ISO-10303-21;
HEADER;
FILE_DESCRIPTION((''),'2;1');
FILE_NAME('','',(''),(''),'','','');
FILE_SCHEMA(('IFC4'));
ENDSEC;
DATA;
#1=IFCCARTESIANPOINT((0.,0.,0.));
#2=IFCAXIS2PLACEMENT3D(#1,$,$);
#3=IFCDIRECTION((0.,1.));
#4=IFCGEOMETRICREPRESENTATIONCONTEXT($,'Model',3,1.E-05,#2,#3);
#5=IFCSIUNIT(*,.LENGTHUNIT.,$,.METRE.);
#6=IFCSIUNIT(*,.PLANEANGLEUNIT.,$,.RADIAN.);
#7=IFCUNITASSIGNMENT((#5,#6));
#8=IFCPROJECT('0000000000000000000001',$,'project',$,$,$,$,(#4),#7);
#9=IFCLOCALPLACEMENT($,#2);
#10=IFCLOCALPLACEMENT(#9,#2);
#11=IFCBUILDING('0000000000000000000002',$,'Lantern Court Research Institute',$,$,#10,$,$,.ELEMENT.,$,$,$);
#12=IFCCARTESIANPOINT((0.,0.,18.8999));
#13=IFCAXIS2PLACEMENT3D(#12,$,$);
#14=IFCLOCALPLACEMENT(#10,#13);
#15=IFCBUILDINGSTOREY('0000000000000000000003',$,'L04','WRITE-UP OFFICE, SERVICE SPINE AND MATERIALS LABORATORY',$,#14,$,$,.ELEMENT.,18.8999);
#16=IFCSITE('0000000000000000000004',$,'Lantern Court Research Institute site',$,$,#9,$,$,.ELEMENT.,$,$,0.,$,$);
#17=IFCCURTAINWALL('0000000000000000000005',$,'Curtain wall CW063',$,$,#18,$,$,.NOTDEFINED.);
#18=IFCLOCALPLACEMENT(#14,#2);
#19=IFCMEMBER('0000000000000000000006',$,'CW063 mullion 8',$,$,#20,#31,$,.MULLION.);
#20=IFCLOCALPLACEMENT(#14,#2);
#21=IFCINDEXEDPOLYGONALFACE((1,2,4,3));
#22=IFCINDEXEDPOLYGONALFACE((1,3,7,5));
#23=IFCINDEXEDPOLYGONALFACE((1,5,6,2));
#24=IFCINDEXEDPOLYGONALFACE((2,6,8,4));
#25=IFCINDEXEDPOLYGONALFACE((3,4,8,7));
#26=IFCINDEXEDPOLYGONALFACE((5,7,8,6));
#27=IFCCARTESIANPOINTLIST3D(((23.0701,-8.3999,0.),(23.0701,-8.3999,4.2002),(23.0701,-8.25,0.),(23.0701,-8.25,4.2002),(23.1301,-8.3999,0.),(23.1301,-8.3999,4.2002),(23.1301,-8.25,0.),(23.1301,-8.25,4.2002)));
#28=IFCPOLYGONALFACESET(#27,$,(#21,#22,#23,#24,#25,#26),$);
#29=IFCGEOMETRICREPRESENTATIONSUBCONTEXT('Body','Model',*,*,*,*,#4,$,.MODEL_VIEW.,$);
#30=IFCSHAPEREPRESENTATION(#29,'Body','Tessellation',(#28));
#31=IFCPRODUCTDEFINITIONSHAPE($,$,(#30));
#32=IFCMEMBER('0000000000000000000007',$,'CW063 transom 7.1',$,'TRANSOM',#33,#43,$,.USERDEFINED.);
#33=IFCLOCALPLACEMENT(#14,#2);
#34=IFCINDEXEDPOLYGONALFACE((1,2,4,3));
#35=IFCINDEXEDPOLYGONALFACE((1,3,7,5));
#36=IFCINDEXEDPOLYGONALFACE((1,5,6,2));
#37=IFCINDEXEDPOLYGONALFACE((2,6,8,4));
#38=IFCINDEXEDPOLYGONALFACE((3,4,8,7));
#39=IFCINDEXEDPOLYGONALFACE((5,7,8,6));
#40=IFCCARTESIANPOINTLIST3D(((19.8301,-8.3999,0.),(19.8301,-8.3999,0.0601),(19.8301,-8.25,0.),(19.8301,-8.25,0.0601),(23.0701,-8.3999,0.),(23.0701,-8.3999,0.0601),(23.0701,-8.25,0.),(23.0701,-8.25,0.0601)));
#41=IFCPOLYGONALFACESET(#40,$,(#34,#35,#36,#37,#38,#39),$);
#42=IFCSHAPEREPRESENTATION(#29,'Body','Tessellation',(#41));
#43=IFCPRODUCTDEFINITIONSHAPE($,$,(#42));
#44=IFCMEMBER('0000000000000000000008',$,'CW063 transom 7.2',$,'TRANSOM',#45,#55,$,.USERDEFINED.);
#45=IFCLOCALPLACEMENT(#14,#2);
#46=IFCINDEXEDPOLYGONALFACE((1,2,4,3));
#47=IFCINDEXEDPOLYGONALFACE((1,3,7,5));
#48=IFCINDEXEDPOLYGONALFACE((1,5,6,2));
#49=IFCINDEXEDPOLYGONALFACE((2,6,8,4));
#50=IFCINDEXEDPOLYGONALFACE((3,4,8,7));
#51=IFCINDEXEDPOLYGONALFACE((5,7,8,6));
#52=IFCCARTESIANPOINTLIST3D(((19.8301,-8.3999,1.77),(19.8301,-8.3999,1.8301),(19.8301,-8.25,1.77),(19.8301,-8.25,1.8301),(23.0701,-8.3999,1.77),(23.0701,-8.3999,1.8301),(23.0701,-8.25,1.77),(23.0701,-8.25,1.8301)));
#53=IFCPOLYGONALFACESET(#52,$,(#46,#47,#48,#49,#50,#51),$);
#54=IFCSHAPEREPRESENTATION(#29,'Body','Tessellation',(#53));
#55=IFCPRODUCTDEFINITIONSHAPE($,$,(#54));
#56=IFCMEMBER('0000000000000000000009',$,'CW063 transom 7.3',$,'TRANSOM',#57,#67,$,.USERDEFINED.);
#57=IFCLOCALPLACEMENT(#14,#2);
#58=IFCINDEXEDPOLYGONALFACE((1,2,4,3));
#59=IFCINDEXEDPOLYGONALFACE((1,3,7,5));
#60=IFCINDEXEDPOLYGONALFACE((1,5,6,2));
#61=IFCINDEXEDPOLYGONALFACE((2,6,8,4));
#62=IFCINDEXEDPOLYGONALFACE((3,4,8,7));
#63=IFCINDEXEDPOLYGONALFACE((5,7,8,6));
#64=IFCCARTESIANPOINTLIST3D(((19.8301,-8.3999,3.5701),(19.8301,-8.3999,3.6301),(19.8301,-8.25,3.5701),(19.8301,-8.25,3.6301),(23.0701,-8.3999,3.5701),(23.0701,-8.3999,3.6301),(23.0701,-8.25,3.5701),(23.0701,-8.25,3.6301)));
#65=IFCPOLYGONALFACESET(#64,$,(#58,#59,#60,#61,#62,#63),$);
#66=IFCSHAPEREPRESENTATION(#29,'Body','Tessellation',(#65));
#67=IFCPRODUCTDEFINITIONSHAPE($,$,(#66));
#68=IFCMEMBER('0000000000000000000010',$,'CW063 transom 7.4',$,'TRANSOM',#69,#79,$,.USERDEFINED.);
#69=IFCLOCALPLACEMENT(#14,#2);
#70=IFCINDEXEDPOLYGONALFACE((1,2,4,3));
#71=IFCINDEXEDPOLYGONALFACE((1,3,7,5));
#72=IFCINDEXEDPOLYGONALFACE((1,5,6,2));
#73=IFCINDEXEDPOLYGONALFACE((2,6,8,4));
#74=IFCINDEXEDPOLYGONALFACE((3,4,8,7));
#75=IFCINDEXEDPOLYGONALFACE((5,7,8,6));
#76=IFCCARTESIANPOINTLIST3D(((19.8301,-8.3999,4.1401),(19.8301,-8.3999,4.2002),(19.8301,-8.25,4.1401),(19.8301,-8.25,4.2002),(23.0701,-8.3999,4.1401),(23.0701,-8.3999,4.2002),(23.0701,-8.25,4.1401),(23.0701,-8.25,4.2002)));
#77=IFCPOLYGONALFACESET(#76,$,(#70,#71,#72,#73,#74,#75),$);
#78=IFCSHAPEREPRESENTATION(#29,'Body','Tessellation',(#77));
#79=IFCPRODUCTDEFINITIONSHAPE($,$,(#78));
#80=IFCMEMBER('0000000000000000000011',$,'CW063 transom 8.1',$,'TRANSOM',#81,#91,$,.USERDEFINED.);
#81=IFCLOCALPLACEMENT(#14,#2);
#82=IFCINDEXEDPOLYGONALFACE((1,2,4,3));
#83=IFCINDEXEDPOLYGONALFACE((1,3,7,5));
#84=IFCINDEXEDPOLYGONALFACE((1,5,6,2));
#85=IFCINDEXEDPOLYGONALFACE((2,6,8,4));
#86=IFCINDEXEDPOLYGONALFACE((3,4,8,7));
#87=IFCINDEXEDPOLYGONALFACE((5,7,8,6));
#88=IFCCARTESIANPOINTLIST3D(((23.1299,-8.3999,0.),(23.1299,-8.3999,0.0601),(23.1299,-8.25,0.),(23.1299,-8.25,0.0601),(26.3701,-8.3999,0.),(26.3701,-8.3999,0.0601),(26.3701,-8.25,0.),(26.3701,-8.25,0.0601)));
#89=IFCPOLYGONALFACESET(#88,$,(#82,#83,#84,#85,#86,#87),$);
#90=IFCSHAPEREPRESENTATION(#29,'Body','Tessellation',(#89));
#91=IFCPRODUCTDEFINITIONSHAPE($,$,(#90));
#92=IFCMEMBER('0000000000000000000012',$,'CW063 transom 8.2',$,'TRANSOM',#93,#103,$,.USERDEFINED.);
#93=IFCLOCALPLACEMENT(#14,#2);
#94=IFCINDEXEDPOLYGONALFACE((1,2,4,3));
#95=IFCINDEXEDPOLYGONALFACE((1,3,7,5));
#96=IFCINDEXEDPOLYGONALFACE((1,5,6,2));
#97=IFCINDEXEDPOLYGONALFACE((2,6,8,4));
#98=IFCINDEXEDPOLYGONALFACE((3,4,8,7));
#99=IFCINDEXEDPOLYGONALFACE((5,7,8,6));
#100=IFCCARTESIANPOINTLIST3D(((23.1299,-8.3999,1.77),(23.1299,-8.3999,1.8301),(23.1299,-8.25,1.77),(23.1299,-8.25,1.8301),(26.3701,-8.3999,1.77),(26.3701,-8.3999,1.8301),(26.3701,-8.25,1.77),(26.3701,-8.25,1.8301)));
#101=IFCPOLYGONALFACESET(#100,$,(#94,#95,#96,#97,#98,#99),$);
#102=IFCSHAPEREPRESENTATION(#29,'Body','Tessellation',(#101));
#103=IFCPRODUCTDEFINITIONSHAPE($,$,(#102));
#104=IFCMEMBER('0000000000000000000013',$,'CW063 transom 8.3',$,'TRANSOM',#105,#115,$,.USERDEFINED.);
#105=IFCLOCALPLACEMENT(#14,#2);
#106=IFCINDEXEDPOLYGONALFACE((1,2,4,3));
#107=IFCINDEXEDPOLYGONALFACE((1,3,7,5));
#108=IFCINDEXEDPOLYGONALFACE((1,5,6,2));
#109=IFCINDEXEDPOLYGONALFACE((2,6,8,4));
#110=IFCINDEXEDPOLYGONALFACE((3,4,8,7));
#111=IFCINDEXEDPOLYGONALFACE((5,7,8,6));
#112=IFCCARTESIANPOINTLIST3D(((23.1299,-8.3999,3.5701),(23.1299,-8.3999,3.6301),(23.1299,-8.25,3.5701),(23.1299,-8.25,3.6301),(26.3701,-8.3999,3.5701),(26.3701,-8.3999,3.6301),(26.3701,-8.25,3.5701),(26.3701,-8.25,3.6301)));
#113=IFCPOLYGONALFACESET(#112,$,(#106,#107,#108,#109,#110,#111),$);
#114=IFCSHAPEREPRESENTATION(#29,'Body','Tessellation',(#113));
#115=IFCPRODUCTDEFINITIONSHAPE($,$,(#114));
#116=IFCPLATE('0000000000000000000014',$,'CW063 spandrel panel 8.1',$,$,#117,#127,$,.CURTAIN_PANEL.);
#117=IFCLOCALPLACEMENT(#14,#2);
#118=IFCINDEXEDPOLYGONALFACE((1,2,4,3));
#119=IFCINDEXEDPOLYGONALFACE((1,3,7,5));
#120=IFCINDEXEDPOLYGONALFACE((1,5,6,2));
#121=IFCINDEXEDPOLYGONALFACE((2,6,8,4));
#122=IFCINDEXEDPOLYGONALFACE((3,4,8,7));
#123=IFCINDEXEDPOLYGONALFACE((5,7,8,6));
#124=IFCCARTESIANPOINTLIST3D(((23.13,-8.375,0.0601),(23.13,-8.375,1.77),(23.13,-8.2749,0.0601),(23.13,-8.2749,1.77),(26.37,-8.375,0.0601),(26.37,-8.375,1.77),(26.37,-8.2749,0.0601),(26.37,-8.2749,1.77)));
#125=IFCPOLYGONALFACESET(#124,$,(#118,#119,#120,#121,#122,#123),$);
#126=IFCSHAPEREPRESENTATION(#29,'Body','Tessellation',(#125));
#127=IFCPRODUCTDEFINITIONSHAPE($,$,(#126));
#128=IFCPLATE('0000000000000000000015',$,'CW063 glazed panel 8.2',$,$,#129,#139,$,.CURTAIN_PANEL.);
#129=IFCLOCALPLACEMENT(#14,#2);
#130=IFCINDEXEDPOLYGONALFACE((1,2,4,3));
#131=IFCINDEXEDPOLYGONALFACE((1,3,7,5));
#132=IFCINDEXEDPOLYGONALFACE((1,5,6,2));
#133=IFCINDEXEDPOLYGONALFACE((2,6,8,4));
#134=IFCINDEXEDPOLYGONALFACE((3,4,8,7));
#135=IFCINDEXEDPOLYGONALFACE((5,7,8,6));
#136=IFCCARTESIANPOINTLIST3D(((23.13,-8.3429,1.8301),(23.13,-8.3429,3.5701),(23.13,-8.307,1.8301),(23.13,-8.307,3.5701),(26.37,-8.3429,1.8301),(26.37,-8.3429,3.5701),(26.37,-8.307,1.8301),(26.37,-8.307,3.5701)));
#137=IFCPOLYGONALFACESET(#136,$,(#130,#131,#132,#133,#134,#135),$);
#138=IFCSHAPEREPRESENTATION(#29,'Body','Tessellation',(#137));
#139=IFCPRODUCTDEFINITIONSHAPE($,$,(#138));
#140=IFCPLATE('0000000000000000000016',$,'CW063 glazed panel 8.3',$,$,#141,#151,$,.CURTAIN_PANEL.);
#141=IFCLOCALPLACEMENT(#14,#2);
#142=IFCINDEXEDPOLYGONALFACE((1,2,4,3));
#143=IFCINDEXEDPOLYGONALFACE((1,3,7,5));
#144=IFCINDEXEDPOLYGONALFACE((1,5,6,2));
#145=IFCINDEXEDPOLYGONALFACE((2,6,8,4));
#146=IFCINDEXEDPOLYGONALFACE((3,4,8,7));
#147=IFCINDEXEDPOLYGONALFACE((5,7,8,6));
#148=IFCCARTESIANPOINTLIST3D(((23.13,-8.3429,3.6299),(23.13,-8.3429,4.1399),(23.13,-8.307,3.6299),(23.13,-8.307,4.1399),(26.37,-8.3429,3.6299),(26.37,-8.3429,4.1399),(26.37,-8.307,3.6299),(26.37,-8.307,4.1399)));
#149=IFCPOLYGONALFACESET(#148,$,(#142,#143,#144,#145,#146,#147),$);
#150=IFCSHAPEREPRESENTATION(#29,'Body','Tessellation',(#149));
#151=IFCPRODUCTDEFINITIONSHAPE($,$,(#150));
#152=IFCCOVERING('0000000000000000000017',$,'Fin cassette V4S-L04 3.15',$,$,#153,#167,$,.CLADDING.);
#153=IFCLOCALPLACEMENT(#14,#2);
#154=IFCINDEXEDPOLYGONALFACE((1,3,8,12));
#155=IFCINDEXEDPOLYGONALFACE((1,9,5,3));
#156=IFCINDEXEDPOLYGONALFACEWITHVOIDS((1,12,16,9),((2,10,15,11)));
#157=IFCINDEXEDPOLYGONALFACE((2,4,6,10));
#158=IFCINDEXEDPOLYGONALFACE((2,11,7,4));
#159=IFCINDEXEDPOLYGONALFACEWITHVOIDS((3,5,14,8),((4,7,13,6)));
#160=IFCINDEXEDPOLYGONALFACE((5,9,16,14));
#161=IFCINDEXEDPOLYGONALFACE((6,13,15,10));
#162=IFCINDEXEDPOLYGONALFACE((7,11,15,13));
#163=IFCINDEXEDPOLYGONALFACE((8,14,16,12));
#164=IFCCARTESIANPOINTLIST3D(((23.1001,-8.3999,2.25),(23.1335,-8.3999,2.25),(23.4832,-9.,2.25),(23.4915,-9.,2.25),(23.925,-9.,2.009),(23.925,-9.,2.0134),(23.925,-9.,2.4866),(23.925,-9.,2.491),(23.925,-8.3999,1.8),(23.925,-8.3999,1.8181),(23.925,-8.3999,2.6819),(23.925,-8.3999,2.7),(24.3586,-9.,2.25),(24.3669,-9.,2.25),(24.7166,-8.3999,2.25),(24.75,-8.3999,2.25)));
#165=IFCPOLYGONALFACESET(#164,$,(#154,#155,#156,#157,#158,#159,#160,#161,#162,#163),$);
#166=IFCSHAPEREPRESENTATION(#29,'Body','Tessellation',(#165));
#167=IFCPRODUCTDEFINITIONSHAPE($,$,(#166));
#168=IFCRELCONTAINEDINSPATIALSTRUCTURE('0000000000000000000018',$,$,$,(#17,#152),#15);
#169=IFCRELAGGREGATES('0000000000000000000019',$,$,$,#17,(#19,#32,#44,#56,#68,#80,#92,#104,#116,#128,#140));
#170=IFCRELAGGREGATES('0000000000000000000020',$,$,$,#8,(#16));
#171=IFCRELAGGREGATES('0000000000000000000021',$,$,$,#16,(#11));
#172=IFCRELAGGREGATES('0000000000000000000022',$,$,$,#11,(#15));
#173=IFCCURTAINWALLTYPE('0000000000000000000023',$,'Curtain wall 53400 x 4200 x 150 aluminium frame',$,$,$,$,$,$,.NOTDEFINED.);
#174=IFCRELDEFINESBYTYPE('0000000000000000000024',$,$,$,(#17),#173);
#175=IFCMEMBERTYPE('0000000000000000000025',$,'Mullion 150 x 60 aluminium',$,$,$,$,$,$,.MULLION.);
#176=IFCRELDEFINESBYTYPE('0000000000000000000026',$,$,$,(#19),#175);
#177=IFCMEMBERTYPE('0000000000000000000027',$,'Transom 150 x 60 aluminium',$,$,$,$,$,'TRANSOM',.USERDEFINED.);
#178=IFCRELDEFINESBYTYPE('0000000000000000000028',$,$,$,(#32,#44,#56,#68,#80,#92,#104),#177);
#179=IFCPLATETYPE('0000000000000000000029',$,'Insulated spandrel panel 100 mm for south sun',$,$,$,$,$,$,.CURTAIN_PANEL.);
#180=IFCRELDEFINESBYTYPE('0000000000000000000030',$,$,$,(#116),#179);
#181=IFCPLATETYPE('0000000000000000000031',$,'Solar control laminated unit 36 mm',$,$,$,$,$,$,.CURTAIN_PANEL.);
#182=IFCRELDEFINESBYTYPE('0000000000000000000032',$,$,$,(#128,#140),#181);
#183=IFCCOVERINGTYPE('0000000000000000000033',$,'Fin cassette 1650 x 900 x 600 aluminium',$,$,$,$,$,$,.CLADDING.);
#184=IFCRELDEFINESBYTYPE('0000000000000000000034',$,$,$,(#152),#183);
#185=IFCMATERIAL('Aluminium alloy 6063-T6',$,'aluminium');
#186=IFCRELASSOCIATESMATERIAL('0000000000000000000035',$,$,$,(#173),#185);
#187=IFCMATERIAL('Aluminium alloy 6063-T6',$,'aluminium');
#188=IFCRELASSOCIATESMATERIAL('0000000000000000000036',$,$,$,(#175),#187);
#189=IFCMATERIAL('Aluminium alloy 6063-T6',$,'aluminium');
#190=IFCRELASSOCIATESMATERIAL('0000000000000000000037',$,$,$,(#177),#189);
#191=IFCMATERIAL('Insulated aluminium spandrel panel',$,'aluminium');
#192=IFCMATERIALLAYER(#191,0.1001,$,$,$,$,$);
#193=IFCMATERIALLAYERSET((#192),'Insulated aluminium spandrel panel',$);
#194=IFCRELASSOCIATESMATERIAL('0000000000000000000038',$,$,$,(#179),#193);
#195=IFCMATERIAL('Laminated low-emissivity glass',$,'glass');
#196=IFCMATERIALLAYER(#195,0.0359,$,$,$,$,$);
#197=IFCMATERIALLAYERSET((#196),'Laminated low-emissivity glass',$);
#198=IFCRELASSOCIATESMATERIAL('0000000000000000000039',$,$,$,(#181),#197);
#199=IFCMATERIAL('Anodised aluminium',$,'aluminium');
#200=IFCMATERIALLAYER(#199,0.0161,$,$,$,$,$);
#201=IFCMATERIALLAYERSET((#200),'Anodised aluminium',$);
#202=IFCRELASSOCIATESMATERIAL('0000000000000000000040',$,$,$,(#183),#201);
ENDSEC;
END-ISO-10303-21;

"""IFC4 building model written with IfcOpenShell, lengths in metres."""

from ifc_helpers import new_model, entity, si_unit, direction, frame, origin, origin_2d, place, context, subcontext, project, spatial, rectangle, extrude, material, layer, layer_set, material_profile, profile_set, type_object, element, aggregate, save


model = new_model("IFC4")

# Units and contexts
model_context = context("Model", 3, precision=1e-05, world=origin(), true_north=direction((0.0, 1.0)))
body_context = subcontext(model_context, "Body", "Model", "MODEL_VIEW")
ifc_project = project(units=[si_unit("LENGTHUNIT", "METRE"), si_unit("PLANEANGLEUNIT", "RADIAN")], contexts=[model_context])

# Site, building, storey
site_placement = place(None, origin())
site = spatial("IfcSite", under=ifc_project, at=site_placement, Name="Lantern Court Research Institute site", CompositionType="ELEMENT", RefElevation=0.0)
building_placement = place(site_placement, origin())
building = spatial("IfcBuilding", under=site, at=building_placement, Name="Lantern Court Research Institute", CompositionType="ELEMENT")
storey_placement = place(building_placement, frame((0.0, 0.0, 18.8999)))
storey = spatial("IfcBuildingStorey", under=building, at=storey_placement, Name="L04", Description="WRITE-UP OFFICE, SERVICE SPINE AND MATERIALS LABORATORY", CompositionType="ELEMENT", Elevation=18.8999)

# Curtain wall, members, plates
ifc_material_1 = material(Name="Aluminium alloy 6063-T6", Category="aluminium")
curtain_wall_type = type_object("IfcCurtainWallType", Name="Curtain wall 53400 x 4200 x 150 aluminium frame", PredefinedType="NOTDEFINED", material=ifc_material_1)
curtain_wall_placement = place(storey_placement, origin())
curtain_wall = element("IfcCurtainWall", 1, at=curtain_wall_placement, inside=storey, type_object=curtain_wall_type, Name="Curtain wall CW063", PredefinedType="NOTDEFINED")
ifc_material_2 = material(Name="Aluminium alloy 6063-T6", Category="aluminium")
ifc_material_profile_1 = material_profile(ifc_material_2, rectangle(XDim=0.1499, YDim=0.0601, at=origin_2d()), Name="Mullion 150 x 60")
ifc_profile_set_1 = profile_set([ifc_material_profile_1], Name="Aluminium alloy 6063-T6")
member_type_1 = type_object("IfcMemberType", Name="Mullion 150 x 60 aluminium", PredefinedType="MULLION", material=ifc_profile_set_1)
member_1_placement = place(storey_placement, frame((23.1001, -8.325, 0.0), z_axis=(0.0, 0.0, 1.0), x_axis=(0.0, -1.0, 0.0)))
member_1 = element("IfcMember", 2, at=member_1_placement, type_object=member_type_1, Name="CW063 mullion 8", PredefinedType="MULLION", context=body_context, shape_type="SweptSolid", body=[
    extrude(rectangle(XDim=0.1499, YDim=0.0601, at=origin_2d()), origin(), (0.0, 0.0, 1.0), 4.2002),
])
ifc_material_3 = material(Name="Aluminium alloy 6063-T6", Category="aluminium")
ifc_material_profile_2 = material_profile(ifc_material_3, rectangle(XDim=0.1499, YDim=0.0601, at=origin_2d()), Name="Transom 150 x 60")
ifc_profile_set_2 = profile_set([ifc_material_profile_2], Name="Aluminium alloy 6063-T6")
member_type_2 = type_object("IfcMemberType", Name="Transom 150 x 60 aluminium", ElementType="TRANSOM", PredefinedType="USERDEFINED", material=ifc_profile_set_2)
member_2_placement = place(storey_placement, frame((23.0701, -8.325, 0.03), z_axis=(-1.0, 0.0, 0.0), x_axis=(0.0, -1.0, 0.0)))
member_2 = element("IfcMember", 3, at=member_2_placement, type_object=member_type_2, Name="CW063 transom 7.1", ObjectType="TRANSOM", PredefinedType="USERDEFINED", context=body_context, shape_type="SweptSolid", body=[
    extrude(rectangle(XDim=0.1499, YDim=0.0601, at=origin_2d()), origin(), (0.0, 0.0, 1.0), 3.24),
])
member_3_placement = place(storey_placement, frame((23.0701, -8.325, 1.8), z_axis=(-1.0, 0.0, 0.0), x_axis=(0.0, -1.0, 0.0)))
member_3 = element("IfcMember", 4, at=member_3_placement, type_object=member_type_2, Name="CW063 transom 7.2", ObjectType="TRANSOM", PredefinedType="USERDEFINED", context=body_context, shape_type="SweptSolid", body=[
    extrude(rectangle(XDim=0.1499, YDim=0.0601, at=origin_2d()), origin(), (0.0, 0.0, 1.0), 3.24),
])
member_4_placement = place(storey_placement, frame((23.0701, -8.325, 3.6001), z_axis=(-1.0, 0.0, 0.0), x_axis=(0.0, -1.0, 0.0)))
member_4 = element("IfcMember", 5, at=member_4_placement, type_object=member_type_2, Name="CW063 transom 7.3", ObjectType="TRANSOM", PredefinedType="USERDEFINED", context=body_context, shape_type="SweptSolid", body=[
    extrude(rectangle(XDim=0.1499, YDim=0.0601, at=origin_2d()), origin(), (0.0, 0.0, 1.0), 3.24),
])
member_5_placement = place(storey_placement, frame((23.0701, -8.325, 4.1702), z_axis=(-1.0, 0.0, 0.0), x_axis=(0.0, -1.0, 0.0)))
member_5 = element("IfcMember", 6, at=member_5_placement, type_object=member_type_2, Name="CW063 transom 7.4", ObjectType="TRANSOM", PredefinedType="USERDEFINED", context=body_context, shape_type="SweptSolid", body=[
    extrude(rectangle(XDim=0.1499, YDim=0.0601, at=origin_2d()), origin(), (0.0, 0.0, 1.0), 3.24),
])
member_6_placement = place(storey_placement, frame((26.3701, -8.325, 0.03), z_axis=(-1.0, 0.0, 0.0), x_axis=(0.0, -1.0, 0.0)))
member_6 = element("IfcMember", 7, at=member_6_placement, type_object=member_type_2, Name="CW063 transom 8.1", ObjectType="TRANSOM", PredefinedType="USERDEFINED", context=body_context, shape_type="SweptSolid", body=[
    extrude(rectangle(XDim=0.1499, YDim=0.0601, at=origin_2d()), origin(), (0.0, 0.0, 1.0), 3.2402),
])
member_7_placement = place(storey_placement, frame((26.3701, -8.325, 1.8), z_axis=(-1.0, 0.0, 0.0), x_axis=(0.0, -1.0, 0.0)))
member_7 = element("IfcMember", 8, at=member_7_placement, type_object=member_type_2, Name="CW063 transom 8.2", ObjectType="TRANSOM", PredefinedType="USERDEFINED", context=body_context, shape_type="SweptSolid", body=[
    extrude(rectangle(XDim=0.1499, YDim=0.0601, at=origin_2d()), origin(), (0.0, 0.0, 1.0), 3.2402),
])
member_8_placement = place(storey_placement, frame((26.3701, -8.325, 3.6001), z_axis=(-1.0, 0.0, 0.0), x_axis=(0.0, -1.0, 0.0)))
member_8 = element("IfcMember", 9, at=member_8_placement, type_object=member_type_2, Name="CW063 transom 8.3", ObjectType="TRANSOM", PredefinedType="USERDEFINED", context=body_context, shape_type="SweptSolid", body=[
    extrude(rectangle(XDim=0.1499, YDim=0.0601, at=origin_2d()), origin(), (0.0, 0.0, 1.0), 3.2402),
])
ifc_material_4 = material(Name="Insulated aluminium spandrel panel", Category="aluminium")
ifc_layer_1 = layer(ifc_material_4, 0.1001)
ifc_layer_set_1 = layer_set([ifc_layer_1], Name="Insulated aluminium spandrel panel")
plate_type_1 = type_object("IfcPlateType", Name="Insulated spandrel panel 100 mm for south sun", PredefinedType="CURTAIN_PANEL", material=ifc_layer_set_1)
plate_1_placement = place(storey_placement, frame((24.75, -8.325, 0.0601), z_axis=(0.0, 0.0, 1.0), x_axis=(-1.0, 0.0, 0.0)))
plate_1 = element("IfcPlate", 10, at=plate_1_placement, type_object=plate_type_1, Name="CW063 spandrel panel 8.1", PredefinedType="CURTAIN_PANEL", context=body_context, shape_type="SweptSolid", body=[
    extrude(rectangle(XDim=3.24, YDim=0.1001, at=origin_2d()), origin(), (0.0, 0.0, 1.0), 1.71),
])
ifc_material_5 = material(Name="Laminated low-emissivity glass", Category="glass")
ifc_layer_2 = layer(ifc_material_5, 0.0359)
ifc_layer_set_2 = layer_set([ifc_layer_2], Name="Laminated low-emissivity glass")
plate_type_2 = type_object("IfcPlateType", Name="Solar control laminated unit 36 mm", PredefinedType="CURTAIN_PANEL", material=ifc_layer_set_2)
plate_2_placement = place(storey_placement, frame((24.75, -8.325, 1.8301), z_axis=(0.0, 0.0, 1.0), x_axis=(-1.0, 0.0, 0.0)))
plate_2 = element("IfcPlate", 11, at=plate_2_placement, type_object=plate_type_2, Name="CW063 glazed panel 8.2", PredefinedType="CURTAIN_PANEL", context=body_context, shape_type="SweptSolid", body=[
    extrude(rectangle(XDim=3.24, YDim=0.0359, at=origin_2d()), origin(), (0.0, 0.0, 1.0), 1.74),
])
plate_3_placement = place(storey_placement, frame((24.75, -8.325, 3.6299), z_axis=(0.0, 0.0, 1.0), x_axis=(-1.0, 0.0, 0.0)))
plate_3 = element("IfcPlate", 12, at=plate_3_placement, type_object=plate_type_2, Name="CW063 glazed panel 8.3", PredefinedType="CURTAIN_PANEL", context=body_context, shape_type="SweptSolid", body=[
    extrude(rectangle(XDim=3.24, YDim=0.0359, at=origin_2d()), origin(), (0.0, 0.0, 1.0), 0.51),
])
aggregate(curtain_wall, [member_1, member_2, member_3, member_4, member_5, member_6, member_7, member_8, plate_1, plate_2, plate_3])

# Covering
ifc_material_6 = material(Name="Anodised aluminium", Category="aluminium")
ifc_layer_3 = layer(ifc_material_6, 0.0161)
ifc_layer_set_3 = layer_set([ifc_layer_3], Name="Anodised aluminium")
covering_type = type_object("IfcCoveringType", Name="Fin cassette 1650 x 900 x 600 aluminium", PredefinedType="CLADDING", material=ifc_layer_set_3)
covering_1_placement = place(storey_placement, frame((23.925, -8.3999, 2.25), z_axis=(0.0, -1.0, 0.0), x_axis=(1.0, 0.0, 0.0)))
cartesian_point_1 = entity("IfcCartesianPoint", [0.825, 0.0])
cartesian_point_2 = entity("IfcCartesianPoint", [0.7915, 0.0])
cartesian_point_3 = entity("IfcCartesianPoint", [0.4419, 0.0])
cartesian_point_4 = entity("IfcCartesianPoint", [0.4336, 0.0])
element("IfcCovering", 13, at=covering_1_placement, inside=storey, type_object=covering_type, Name="Fin cassette V4S-L04 3.15", PredefinedType="CLADDING", context=body_context, shape_type="SweptSolid", body=[
    entity("IfcExtrudedAreaSolidTapered", entity("IfcArbitraryProfileDefWithVoids", "AREA", None, entity("IfcPolyline", [cartesian_point_1, entity("IfcCartesianPoint", [0.0, 0.45]), entity("IfcCartesianPoint", [-0.825, 0.0]), entity("IfcCartesianPoint", [0.0, -0.45]), cartesian_point_1]), [entity("IfcPolyline", [cartesian_point_2, entity("IfcCartesianPoint", [0.0, 0.4319]), entity("IfcCartesianPoint", [-0.7915, 0.0]), entity("IfcCartesianPoint", [0.0, -0.4319]), cartesian_point_2])]), entity("IfcAxis2Placement3D", entity("IfcCartesianPoint", [0.0, 0.0, 0.0])), entity("IfcDirection", [0.0, 0.0, 1.0]), 0.6001, entity("IfcArbitraryProfileDefWithVoids", "AREA", None, entity("IfcPolyline", [cartesian_point_3, entity("IfcCartesianPoint", [0.0, 0.241]), entity("IfcCartesianPoint", [-0.4419, 0.0]), entity("IfcCartesianPoint", [0.0, -0.241]), cartesian_point_3]), [entity("IfcPolyline", [cartesian_point_4, entity("IfcCartesianPoint", [0.0, 0.2366]), entity("IfcCartesianPoint", [-0.4336, 0.0]), entity("IfcCartesianPoint", [0.0, -0.2366]), cartesian_point_4])])),
])

save(model, "model.ifc")
